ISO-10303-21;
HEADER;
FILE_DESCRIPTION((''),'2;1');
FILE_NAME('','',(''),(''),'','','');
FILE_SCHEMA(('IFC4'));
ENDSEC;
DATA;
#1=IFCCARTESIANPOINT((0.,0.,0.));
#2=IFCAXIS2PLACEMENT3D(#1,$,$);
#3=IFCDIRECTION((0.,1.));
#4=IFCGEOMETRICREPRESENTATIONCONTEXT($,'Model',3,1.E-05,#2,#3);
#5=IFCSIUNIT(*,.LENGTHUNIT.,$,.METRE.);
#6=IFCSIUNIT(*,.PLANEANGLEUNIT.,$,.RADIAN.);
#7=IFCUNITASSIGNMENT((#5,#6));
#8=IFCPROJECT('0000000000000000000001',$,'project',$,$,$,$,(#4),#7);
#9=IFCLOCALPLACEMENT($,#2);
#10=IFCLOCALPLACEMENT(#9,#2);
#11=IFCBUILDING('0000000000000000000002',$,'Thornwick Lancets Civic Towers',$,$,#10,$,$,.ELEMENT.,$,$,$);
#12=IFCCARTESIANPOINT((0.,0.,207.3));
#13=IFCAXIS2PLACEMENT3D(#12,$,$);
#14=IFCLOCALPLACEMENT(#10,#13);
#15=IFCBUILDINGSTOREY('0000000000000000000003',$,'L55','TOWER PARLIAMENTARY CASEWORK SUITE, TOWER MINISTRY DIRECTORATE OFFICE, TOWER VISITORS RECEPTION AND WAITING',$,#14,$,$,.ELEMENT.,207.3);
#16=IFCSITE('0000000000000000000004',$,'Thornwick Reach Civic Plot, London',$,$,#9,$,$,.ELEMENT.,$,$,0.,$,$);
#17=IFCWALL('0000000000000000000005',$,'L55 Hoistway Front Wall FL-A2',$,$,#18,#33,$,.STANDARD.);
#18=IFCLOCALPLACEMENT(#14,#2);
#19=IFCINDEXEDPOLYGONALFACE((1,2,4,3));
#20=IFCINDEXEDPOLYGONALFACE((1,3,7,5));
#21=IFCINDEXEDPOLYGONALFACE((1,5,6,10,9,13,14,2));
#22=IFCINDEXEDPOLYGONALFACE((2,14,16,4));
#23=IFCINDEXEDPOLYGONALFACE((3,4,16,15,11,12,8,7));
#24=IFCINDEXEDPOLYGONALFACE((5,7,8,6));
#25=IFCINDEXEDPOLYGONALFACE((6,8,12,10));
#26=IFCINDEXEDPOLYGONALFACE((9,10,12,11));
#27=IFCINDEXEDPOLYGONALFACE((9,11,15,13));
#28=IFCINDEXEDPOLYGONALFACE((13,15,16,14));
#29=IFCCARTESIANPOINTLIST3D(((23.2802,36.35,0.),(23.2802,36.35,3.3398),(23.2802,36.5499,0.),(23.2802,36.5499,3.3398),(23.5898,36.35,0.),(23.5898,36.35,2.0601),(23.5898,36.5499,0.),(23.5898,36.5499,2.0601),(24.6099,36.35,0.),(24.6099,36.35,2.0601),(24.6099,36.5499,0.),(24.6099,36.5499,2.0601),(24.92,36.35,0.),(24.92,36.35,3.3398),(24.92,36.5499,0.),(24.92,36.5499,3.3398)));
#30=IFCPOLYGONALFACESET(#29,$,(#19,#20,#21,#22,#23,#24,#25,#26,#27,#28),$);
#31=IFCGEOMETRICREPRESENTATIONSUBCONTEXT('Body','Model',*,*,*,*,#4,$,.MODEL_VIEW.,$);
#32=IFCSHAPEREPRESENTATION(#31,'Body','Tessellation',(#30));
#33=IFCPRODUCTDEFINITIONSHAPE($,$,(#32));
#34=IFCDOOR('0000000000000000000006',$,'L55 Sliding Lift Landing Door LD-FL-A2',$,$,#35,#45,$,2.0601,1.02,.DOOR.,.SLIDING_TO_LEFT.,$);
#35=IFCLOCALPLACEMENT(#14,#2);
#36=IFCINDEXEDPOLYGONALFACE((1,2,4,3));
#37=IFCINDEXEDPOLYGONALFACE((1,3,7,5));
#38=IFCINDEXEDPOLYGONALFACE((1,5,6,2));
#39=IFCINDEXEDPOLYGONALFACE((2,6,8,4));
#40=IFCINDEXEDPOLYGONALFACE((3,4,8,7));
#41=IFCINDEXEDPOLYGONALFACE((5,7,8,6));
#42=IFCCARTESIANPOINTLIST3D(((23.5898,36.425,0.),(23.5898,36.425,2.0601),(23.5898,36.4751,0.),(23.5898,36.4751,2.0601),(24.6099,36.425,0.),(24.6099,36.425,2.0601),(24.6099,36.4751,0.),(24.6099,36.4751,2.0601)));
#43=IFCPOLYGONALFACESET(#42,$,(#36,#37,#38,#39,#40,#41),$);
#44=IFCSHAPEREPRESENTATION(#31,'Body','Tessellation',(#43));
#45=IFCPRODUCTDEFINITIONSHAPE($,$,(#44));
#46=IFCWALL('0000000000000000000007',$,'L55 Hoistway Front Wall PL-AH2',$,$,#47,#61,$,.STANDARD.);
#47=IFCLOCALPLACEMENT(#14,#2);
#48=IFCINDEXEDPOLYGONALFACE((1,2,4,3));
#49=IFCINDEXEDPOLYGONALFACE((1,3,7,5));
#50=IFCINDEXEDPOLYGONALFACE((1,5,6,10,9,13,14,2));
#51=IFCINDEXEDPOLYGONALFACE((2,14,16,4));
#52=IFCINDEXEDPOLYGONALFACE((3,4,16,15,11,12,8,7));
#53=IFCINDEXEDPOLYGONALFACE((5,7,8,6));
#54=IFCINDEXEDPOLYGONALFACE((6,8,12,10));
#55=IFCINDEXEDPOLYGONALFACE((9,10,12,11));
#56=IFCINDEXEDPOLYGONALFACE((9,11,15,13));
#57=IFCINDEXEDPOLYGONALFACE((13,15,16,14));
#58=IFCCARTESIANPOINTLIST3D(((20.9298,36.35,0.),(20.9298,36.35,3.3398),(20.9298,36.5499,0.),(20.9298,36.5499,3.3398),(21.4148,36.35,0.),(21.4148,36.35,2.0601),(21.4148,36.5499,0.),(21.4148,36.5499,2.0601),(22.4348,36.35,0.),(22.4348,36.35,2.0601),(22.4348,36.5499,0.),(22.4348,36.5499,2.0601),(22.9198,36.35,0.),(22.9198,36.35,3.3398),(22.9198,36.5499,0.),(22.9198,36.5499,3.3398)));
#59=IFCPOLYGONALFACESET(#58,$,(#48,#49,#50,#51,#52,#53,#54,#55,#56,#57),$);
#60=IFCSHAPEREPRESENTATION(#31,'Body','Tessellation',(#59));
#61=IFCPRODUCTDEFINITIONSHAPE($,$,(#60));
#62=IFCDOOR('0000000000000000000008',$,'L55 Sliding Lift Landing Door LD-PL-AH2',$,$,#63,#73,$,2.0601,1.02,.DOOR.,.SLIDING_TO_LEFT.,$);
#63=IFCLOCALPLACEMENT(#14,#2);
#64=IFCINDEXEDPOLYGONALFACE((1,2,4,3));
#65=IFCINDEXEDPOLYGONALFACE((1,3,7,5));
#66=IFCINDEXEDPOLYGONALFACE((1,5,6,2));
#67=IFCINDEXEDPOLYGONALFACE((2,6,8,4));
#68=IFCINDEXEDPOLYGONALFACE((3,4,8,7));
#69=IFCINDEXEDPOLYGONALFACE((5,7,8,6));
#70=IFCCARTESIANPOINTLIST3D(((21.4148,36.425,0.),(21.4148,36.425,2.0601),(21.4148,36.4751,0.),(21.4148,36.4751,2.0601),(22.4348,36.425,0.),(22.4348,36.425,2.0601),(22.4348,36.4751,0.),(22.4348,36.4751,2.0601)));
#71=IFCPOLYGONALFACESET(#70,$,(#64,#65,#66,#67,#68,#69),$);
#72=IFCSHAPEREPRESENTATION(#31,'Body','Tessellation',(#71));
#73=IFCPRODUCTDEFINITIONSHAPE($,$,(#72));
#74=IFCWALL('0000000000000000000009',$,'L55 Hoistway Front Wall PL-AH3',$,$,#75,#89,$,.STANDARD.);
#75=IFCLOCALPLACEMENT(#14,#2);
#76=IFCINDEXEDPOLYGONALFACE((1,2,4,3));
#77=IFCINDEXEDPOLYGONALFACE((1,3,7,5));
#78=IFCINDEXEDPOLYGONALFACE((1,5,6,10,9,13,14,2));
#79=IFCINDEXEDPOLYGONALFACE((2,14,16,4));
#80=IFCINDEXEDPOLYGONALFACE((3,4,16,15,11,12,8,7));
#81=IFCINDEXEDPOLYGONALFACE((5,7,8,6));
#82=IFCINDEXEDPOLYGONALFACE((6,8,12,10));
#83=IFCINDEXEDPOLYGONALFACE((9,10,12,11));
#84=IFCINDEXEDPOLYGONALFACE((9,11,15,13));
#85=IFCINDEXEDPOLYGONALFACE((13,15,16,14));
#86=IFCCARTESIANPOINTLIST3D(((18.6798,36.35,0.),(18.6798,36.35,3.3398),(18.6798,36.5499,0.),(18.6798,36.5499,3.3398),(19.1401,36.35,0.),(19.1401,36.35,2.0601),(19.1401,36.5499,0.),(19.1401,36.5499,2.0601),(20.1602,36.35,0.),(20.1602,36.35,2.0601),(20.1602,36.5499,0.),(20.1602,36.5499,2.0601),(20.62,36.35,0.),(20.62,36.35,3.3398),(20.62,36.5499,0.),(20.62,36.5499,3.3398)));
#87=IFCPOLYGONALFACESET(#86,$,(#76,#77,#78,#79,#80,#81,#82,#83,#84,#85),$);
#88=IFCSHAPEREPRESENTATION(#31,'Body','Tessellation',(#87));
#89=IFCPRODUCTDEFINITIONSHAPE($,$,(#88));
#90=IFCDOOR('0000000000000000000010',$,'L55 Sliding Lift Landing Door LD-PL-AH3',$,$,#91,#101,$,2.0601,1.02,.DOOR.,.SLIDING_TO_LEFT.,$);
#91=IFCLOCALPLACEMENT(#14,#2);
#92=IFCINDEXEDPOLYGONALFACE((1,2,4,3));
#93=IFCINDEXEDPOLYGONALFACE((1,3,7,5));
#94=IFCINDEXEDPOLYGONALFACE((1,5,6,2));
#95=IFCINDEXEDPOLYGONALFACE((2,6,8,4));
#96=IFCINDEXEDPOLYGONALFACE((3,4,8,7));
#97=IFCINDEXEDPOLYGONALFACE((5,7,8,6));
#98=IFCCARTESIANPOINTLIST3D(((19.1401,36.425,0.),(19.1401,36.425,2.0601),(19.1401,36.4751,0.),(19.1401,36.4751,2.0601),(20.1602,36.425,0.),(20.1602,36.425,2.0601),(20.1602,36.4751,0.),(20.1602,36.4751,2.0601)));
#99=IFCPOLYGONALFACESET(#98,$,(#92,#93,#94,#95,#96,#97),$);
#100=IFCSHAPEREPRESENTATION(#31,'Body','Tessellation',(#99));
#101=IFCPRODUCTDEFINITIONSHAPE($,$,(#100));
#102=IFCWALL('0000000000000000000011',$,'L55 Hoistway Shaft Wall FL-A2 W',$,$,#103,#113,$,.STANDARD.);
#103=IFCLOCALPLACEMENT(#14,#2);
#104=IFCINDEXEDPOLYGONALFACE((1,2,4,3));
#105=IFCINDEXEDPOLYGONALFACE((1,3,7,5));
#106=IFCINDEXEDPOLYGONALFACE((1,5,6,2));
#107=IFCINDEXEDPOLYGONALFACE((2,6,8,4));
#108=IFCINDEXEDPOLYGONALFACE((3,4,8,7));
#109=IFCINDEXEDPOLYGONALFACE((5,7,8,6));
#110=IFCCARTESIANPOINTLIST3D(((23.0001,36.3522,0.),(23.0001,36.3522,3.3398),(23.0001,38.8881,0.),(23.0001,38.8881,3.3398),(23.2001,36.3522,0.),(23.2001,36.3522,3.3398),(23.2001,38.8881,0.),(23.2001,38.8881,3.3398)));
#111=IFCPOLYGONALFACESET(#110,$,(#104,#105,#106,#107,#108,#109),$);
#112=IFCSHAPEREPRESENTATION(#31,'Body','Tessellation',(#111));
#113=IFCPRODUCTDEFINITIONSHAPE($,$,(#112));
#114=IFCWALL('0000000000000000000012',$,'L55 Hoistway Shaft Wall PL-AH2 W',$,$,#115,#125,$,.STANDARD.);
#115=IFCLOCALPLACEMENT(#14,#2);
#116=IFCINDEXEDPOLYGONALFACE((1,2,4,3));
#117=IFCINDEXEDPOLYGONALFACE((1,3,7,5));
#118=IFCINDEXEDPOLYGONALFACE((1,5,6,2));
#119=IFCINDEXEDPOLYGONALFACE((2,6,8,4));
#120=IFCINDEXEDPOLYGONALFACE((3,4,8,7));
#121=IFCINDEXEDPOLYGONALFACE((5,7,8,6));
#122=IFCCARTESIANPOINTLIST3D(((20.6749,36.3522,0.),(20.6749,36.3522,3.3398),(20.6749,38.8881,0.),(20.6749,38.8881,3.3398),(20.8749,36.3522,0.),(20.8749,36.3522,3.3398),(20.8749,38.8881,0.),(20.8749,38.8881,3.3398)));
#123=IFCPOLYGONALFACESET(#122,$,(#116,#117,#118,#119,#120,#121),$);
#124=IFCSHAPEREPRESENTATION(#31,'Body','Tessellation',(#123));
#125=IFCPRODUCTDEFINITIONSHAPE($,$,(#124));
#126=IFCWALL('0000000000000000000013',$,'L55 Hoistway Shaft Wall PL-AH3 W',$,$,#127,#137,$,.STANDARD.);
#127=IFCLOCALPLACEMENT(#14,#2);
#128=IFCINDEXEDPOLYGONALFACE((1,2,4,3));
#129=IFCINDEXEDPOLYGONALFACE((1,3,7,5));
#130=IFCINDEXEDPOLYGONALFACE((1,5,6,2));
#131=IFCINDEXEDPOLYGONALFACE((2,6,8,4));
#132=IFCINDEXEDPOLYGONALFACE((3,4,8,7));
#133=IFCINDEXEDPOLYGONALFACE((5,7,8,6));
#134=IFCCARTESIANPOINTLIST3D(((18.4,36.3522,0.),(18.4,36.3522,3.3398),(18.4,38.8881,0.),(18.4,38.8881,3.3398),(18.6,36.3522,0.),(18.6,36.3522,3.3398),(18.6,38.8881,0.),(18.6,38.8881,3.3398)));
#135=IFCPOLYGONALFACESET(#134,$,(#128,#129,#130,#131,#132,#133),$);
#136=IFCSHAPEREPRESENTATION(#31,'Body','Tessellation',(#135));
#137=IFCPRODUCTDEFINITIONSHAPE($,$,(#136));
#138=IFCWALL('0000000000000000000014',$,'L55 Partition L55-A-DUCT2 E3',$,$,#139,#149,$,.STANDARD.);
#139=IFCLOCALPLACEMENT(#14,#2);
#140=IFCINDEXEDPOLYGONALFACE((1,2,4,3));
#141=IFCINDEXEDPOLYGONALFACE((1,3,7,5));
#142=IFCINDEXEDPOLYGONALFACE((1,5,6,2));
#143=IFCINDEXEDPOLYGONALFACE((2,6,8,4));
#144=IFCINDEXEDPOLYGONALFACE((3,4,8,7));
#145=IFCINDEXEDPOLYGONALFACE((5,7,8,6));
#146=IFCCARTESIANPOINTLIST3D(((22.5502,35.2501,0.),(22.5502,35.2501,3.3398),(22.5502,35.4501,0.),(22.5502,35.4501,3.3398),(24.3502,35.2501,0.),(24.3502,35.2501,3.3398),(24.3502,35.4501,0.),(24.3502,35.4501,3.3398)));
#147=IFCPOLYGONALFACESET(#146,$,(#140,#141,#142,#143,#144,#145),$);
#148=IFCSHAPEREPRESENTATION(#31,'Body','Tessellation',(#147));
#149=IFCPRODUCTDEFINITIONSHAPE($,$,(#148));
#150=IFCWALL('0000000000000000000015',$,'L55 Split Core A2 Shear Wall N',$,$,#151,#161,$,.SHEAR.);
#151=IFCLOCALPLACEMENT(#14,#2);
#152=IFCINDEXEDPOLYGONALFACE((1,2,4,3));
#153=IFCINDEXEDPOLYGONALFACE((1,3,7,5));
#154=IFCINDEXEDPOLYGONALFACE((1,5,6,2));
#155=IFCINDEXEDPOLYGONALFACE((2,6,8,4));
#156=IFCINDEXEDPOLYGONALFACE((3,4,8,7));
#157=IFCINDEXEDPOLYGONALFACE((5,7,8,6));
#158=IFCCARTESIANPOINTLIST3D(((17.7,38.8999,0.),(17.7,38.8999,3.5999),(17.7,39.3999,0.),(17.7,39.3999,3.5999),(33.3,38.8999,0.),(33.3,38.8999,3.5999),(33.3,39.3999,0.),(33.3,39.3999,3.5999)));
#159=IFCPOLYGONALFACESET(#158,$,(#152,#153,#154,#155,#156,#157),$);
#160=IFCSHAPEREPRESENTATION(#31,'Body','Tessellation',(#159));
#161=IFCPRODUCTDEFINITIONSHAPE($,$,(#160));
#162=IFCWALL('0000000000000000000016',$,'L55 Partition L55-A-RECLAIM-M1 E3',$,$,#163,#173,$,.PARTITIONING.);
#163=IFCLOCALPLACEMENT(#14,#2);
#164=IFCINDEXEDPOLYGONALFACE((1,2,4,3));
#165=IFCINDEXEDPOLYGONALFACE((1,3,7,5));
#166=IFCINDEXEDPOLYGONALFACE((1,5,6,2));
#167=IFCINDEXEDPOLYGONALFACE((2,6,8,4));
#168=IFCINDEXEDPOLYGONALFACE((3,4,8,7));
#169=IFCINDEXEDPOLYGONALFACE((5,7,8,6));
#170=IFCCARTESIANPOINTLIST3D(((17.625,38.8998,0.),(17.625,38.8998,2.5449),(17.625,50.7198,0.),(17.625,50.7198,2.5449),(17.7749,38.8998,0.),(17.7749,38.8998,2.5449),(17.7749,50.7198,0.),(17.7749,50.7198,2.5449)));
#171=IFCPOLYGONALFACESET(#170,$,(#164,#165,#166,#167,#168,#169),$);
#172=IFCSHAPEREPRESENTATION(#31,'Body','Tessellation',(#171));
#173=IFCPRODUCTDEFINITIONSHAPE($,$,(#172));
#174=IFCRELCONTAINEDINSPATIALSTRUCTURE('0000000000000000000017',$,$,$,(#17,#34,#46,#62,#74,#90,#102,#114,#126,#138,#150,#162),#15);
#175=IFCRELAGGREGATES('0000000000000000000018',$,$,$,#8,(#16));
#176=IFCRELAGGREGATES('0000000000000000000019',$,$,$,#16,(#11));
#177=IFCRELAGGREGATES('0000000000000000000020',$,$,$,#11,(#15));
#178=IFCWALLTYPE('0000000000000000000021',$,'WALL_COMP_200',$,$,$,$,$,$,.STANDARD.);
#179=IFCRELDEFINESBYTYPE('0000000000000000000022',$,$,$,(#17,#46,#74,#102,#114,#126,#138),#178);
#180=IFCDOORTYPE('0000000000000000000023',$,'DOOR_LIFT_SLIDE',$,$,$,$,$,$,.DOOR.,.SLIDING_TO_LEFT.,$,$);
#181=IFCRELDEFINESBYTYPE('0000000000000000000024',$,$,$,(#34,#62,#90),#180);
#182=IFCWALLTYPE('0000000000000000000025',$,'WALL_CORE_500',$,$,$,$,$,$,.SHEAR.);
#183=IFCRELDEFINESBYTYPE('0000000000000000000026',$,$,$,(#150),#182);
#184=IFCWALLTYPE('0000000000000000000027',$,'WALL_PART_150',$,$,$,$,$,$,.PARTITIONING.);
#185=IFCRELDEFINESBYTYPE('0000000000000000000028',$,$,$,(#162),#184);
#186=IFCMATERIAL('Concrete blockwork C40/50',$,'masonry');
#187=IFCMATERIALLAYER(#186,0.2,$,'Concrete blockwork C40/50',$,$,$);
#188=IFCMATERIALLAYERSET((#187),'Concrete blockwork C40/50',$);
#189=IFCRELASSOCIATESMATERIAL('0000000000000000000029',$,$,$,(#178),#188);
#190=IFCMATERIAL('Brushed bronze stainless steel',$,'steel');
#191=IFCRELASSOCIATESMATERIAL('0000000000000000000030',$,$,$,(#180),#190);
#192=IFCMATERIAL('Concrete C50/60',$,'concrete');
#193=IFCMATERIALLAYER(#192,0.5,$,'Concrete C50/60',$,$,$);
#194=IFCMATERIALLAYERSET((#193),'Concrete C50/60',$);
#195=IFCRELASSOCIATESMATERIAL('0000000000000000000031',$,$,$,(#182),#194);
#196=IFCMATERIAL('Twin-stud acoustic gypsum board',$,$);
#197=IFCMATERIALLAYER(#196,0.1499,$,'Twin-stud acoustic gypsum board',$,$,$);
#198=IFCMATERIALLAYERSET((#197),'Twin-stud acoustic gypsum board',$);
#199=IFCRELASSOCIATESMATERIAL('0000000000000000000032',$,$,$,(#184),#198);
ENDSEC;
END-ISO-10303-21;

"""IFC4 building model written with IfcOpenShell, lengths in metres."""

from ifc_helpers import new_model, si_unit, direction, frame, frame_2d, origin, place, context, subcontext, project, spatial, rectangle, extrude, material, layer, layer_set, type_object, element, fill, save


model = new_model("IFC4")

# Units and contexts
model_context = context("Model", 3, precision=1e-05, world=origin(), true_north=direction((0.0, 1.0)))
body_context = subcontext(model_context, "Body", "Model", "MODEL_VIEW")
ifc_project = project(units=[si_unit("LENGTHUNIT", "METRE"), si_unit("PLANEANGLEUNIT", "RADIAN")], contexts=[model_context])

# Site, building, storey
site_placement = place(None, origin())
site = spatial("IfcSite", under=ifc_project, at=site_placement, Name="Thornwick Reach Civic Plot, London", CompositionType="ELEMENT", RefElevation=0.0)
building_placement = place(site_placement, origin())
building = spatial("IfcBuilding", under=site, at=building_placement, Name="Thornwick Lancets Civic Towers", CompositionType="ELEMENT")
storey_placement = place(building_placement, frame((0.0, 0.0, 207.3)))
storey = spatial("IfcBuildingStorey", under=building, at=storey_placement, Name="L55", Description="TOWER PARLIAMENTARY CASEWORK SUITE, TOWER MINISTRY DIRECTORATE OFFICE, TOWER VISITORS RECEPTION AND WAITING", CompositionType="ELEMENT", Elevation=207.3)

# Shared definitions
ifc_material_1 = material(Name="Concrete C50/60", Category="concrete")

# Walls, openings, doors
ifc_material_2 = material(Name="Concrete blockwork C40/50", Category="masonry")
ifc_layer_1 = layer(ifc_material_2, 0.2, Name="Concrete blockwork C40/50")
ifc_layer_set_1 = layer_set([ifc_layer_1], Name="Concrete blockwork C40/50")
wall_type_1 = type_object("IfcWallType", Name="WALL_COMP_200", PredefinedType="STANDARD", material=ifc_layer_set_1)
wall_1_placement = place(storey_placement, frame((24.9199, 36.45, 0.0), z_axis=(0.0, 0.0, 1.0), x_axis=(-1.0, 0.0, 0.0)))
wall_1 = element("IfcWall", 1, at=wall_1_placement, inside=storey, type_object=wall_type_1, Name="L55 Hoistway Front Wall FL-A2", PredefinedType="STANDARD", context=body_context, shape_type="SweptSolid", body=[
    extrude(rectangle(XDim=1.6399, YDim=0.2, at=frame_2d((0.8198, 0.0))), origin(), (0.0, 0.0, 1.0), 3.3398),
])
opening_1_placement = place(wall_1_placement, frame((0.3101, 0.0, 0.0)))
opening_1 = element("IfcOpeningElement", 2, at=opening_1_placement, cuts=wall_1, PredefinedType="OPENING", context=body_context, shape_type="SweptSolid", body=[
    extrude(rectangle(XDim=1.02, YDim=2.0601, at=frame_2d((0.51, 1.03))), frame((0.0, 0.1099, 0.0), z_axis=(0.0, -1.0, 0.0), x_axis=(1.0, 0.0, 0.0)), (0.0, 0.0, 1.0), 0.22),
])
ifc_material_3 = material(Name="Brushed bronze stainless steel", Category="steel")
door_type = type_object("IfcDoorType", Name="DOOR_LIFT_SLIDE", OperationType="SLIDING_TO_LEFT", PredefinedType="DOOR", material=ifc_material_3)
door_1_placement = place(opening_1_placement, origin())
door_1 = element("IfcDoor", 3, at=door_1_placement, inside=storey, type_object=door_type, Name="L55 Sliding Lift Landing Door LD-FL-A2", OperationType="SLIDING_TO_LEFT", OverallHeight=2.0601, OverallWidth=1.02, PredefinedType="DOOR", context=body_context, shape_type="SweptSolid", body=[
    extrude(rectangle(XDim=1.02, YDim=2.0601, at=frame_2d((0.51, 1.03))), frame((0.0, 0.0249, 0.0), z_axis=(0.0, -1.0, 0.0), x_axis=(1.0, 0.0, 0.0)), (0.0, 0.0, 1.0), 0.05),
])
fill(opening_1, door_1)
wall_2_placement = place(storey_placement, frame((22.9199, 36.45, 0.0), z_axis=(0.0, 0.0, 1.0), x_axis=(-1.0, 0.0, 0.0)))
wall_2 = element("IfcWall", 4, at=wall_2_placement, inside=storey, type_object=wall_type_1, Name="L55 Hoistway Front Wall PL-AH2", PredefinedType="STANDARD", context=body_context, shape_type="SweptSolid", body=[
    extrude(rectangle(XDim=1.99, YDim=0.2, at=frame_2d((0.9951, 0.0))), origin(), (0.0, 0.0, 1.0), 3.3398),
])
opening_2_placement = place(wall_2_placement, frame((0.4851, 0.0, 0.0)))
opening_2 = element("IfcOpeningElement", 5, at=opening_2_placement, cuts=wall_2, PredefinedType="OPENING", context=body_context, shape_type="SweptSolid", body=[
    extrude(rectangle(XDim=1.02, YDim=2.0601, at=frame_2d((0.51, 1.03))), frame((0.0, 0.1099, 0.0), z_axis=(0.0, -1.0, 0.0), x_axis=(1.0, 0.0, 0.0)), (0.0, 0.0, 1.0), 0.22),
])
door_2_placement = place(opening_2_placement, origin())
door_2 = element("IfcDoor", 6, at=door_2_placement, inside=storey, type_object=door_type, Name="L55 Sliding Lift Landing Door LD-PL-AH2", OperationType="SLIDING_TO_LEFT", OverallHeight=2.0601, OverallWidth=1.02, PredefinedType="DOOR", context=body_context, shape_type="SweptSolid", body=[
    extrude(rectangle(XDim=1.02, YDim=2.0601, at=frame_2d((0.51, 1.03))), frame((0.0, 0.0249, 0.0), z_axis=(0.0, -1.0, 0.0), x_axis=(1.0, 0.0, 0.0)), (0.0, 0.0, 1.0), 0.05),
])
fill(opening_2, door_2)
wall_3_placement = place(storey_placement, frame((20.6201, 36.45, 0.0), z_axis=(0.0, 0.0, 1.0), x_axis=(-1.0, 0.0, 0.0)))
wall_3 = element("IfcWall", 7, at=wall_3_placement, inside=storey, type_object=wall_type_1, Name="L55 Hoistway Front Wall PL-AH3", PredefinedType="STANDARD", context=body_context, shape_type="SweptSolid", body=[
    extrude(rectangle(XDim=1.9402, YDim=0.2, at=frame_2d((0.9702, 0.0))), origin(), (0.0, 0.0, 1.0), 3.3398),
])
opening_3_placement = place(wall_3_placement, frame((0.46, 0.0, 0.0)))
opening_3 = element("IfcOpeningElement", 8, at=opening_3_placement, cuts=wall_3, PredefinedType="OPENING", context=body_context, shape_type="SweptSolid", body=[
    extrude(rectangle(XDim=1.02, YDim=2.0601, at=frame_2d((0.51, 1.03))), frame((0.0, 0.1099, 0.0), z_axis=(0.0, -1.0, 0.0), x_axis=(1.0, 0.0, 0.0)), (0.0, 0.0, 1.0), 0.22),
])
door_3_placement = place(opening_3_placement, origin())
door_3 = element("IfcDoor", 9, at=door_3_placement, inside=storey, type_object=door_type, Name="L55 Sliding Lift Landing Door LD-PL-AH3", OperationType="SLIDING_TO_LEFT", OverallHeight=2.0601, OverallWidth=1.02, PredefinedType="DOOR", context=body_context, shape_type="SweptSolid", body=[
    extrude(rectangle(XDim=1.02, YDim=2.0601, at=frame_2d((0.51, 1.03))), frame((0.0, 0.0249, 0.0), z_axis=(0.0, -1.0, 0.0), x_axis=(1.0, 0.0, 0.0)), (0.0, 0.0, 1.0), 0.05),
])
fill(opening_3, door_3)

# Walls
for number, where, z_axis, x_axis, name in (
    (10, (23.1001, 36.3521, 0.0), (0.0, 0.0, 1.0), (0.0, 1.0, 0.0), "L55 Hoistway Shaft Wall FL-A2 W"),
    (11, (20.7749, 36.3521, 0.0), (0.0, 0.0, 1.0), (0.0, 1.0, 0.0), "L55 Hoistway Shaft Wall PL-AH2 W"),
    (12, (18.5, 36.3521, 0.0), (0.0, 0.0, 1.0), (0.0, 1.0, 0.0), "L55 Hoistway Shaft Wall PL-AH3 W"),
):
    element("IfcWall", number, at=place(storey_placement, frame(where, z_axis=z_axis, x_axis=x_axis)), inside=storey, type_object=wall_type_1, Name=name, PredefinedType="STANDARD", context=body_context, shape_type="SweptSolid", body=[
        extrude(rectangle(XDim=2.5359, YDim=0.2, at=frame_2d((1.2681, 0.0))), origin(), (0.0, 0.0, 1.0), 3.3398),
    ])
wall_4_placement = place(storey_placement, frame((24.3501, 35.3501, 0.0), z_axis=(0.0, 0.0, 1.0), x_axis=(-1.0, 0.0, 0.0)))
element("IfcWall", 13, at=wall_4_placement, inside=storey, type_object=wall_type_1, Name="L55 Partition L55-A-DUCT2 E3", PredefinedType="STANDARD", context=body_context, shape_type="SweptSolid", body=[
    extrude(rectangle(XDim=1.8, YDim=0.2, at=frame_2d((0.8999, 0.0))), origin(), (0.0, 0.0, 1.0), 3.3398),
])
ifc_layer_2 = layer(ifc_material_1, 0.5, Name="Concrete C50/60")
ifc_layer_set_2 = layer_set([ifc_layer_2], Name="Concrete C50/60")
wall_type_2 = type_object("IfcWallType", Name="WALL_CORE_500", PredefinedType="SHEAR", material=ifc_layer_set_2)
wall_5_placement = place(storey_placement, frame((17.7, 39.1499, 0.0), z_axis=(0.0, 0.0, 1.0), x_axis=(1.0, 0.0, 0.0)))
element("IfcWall", 14, at=wall_5_placement, inside=storey, type_object=wall_type_2, Name="L55 Split Core A2 Shear Wall N", PredefinedType="SHEAR", context=body_context, shape_type="SweptSolid", body=[
    extrude(rectangle(XDim=15.6001, YDim=0.5, at=frame_2d((7.8, 0.0))), origin(), (0.0, 0.0, 1.0), 3.5999),
])
ifc_material_4 = material(Name="Twin-stud acoustic gypsum board")
ifc_layer_3 = layer(ifc_material_4, 0.1499, Name="Twin-stud acoustic gypsum board")
ifc_layer_set_3 = layer_set([ifc_layer_3], Name="Twin-stud acoustic gypsum board")
wall_type_3 = type_object("IfcWallType", Name="WALL_PART_150", PredefinedType="PARTITIONING", material=ifc_layer_set_3)
wall_6_placement = place(storey_placement, frame((17.7, 50.72, 0.0), z_axis=(0.0, 0.0, 1.0), x_axis=(0.0, -1.0, 0.0)))
element("IfcWall", 15, at=wall_6_placement, inside=storey, type_object=wall_type_3, Name="L55 Partition L55-A-RECLAIM-M1 E3", PredefinedType="PARTITIONING", context=body_context, shape_type="SweptSolid", body=[
    extrude(rectangle(XDim=11.8201, YDim=0.1499, at=frame_2d((5.9102, 0.0))), origin(), (0.0, 0.0, 1.0), 2.5449),
])

save(model, "model.ifc")
